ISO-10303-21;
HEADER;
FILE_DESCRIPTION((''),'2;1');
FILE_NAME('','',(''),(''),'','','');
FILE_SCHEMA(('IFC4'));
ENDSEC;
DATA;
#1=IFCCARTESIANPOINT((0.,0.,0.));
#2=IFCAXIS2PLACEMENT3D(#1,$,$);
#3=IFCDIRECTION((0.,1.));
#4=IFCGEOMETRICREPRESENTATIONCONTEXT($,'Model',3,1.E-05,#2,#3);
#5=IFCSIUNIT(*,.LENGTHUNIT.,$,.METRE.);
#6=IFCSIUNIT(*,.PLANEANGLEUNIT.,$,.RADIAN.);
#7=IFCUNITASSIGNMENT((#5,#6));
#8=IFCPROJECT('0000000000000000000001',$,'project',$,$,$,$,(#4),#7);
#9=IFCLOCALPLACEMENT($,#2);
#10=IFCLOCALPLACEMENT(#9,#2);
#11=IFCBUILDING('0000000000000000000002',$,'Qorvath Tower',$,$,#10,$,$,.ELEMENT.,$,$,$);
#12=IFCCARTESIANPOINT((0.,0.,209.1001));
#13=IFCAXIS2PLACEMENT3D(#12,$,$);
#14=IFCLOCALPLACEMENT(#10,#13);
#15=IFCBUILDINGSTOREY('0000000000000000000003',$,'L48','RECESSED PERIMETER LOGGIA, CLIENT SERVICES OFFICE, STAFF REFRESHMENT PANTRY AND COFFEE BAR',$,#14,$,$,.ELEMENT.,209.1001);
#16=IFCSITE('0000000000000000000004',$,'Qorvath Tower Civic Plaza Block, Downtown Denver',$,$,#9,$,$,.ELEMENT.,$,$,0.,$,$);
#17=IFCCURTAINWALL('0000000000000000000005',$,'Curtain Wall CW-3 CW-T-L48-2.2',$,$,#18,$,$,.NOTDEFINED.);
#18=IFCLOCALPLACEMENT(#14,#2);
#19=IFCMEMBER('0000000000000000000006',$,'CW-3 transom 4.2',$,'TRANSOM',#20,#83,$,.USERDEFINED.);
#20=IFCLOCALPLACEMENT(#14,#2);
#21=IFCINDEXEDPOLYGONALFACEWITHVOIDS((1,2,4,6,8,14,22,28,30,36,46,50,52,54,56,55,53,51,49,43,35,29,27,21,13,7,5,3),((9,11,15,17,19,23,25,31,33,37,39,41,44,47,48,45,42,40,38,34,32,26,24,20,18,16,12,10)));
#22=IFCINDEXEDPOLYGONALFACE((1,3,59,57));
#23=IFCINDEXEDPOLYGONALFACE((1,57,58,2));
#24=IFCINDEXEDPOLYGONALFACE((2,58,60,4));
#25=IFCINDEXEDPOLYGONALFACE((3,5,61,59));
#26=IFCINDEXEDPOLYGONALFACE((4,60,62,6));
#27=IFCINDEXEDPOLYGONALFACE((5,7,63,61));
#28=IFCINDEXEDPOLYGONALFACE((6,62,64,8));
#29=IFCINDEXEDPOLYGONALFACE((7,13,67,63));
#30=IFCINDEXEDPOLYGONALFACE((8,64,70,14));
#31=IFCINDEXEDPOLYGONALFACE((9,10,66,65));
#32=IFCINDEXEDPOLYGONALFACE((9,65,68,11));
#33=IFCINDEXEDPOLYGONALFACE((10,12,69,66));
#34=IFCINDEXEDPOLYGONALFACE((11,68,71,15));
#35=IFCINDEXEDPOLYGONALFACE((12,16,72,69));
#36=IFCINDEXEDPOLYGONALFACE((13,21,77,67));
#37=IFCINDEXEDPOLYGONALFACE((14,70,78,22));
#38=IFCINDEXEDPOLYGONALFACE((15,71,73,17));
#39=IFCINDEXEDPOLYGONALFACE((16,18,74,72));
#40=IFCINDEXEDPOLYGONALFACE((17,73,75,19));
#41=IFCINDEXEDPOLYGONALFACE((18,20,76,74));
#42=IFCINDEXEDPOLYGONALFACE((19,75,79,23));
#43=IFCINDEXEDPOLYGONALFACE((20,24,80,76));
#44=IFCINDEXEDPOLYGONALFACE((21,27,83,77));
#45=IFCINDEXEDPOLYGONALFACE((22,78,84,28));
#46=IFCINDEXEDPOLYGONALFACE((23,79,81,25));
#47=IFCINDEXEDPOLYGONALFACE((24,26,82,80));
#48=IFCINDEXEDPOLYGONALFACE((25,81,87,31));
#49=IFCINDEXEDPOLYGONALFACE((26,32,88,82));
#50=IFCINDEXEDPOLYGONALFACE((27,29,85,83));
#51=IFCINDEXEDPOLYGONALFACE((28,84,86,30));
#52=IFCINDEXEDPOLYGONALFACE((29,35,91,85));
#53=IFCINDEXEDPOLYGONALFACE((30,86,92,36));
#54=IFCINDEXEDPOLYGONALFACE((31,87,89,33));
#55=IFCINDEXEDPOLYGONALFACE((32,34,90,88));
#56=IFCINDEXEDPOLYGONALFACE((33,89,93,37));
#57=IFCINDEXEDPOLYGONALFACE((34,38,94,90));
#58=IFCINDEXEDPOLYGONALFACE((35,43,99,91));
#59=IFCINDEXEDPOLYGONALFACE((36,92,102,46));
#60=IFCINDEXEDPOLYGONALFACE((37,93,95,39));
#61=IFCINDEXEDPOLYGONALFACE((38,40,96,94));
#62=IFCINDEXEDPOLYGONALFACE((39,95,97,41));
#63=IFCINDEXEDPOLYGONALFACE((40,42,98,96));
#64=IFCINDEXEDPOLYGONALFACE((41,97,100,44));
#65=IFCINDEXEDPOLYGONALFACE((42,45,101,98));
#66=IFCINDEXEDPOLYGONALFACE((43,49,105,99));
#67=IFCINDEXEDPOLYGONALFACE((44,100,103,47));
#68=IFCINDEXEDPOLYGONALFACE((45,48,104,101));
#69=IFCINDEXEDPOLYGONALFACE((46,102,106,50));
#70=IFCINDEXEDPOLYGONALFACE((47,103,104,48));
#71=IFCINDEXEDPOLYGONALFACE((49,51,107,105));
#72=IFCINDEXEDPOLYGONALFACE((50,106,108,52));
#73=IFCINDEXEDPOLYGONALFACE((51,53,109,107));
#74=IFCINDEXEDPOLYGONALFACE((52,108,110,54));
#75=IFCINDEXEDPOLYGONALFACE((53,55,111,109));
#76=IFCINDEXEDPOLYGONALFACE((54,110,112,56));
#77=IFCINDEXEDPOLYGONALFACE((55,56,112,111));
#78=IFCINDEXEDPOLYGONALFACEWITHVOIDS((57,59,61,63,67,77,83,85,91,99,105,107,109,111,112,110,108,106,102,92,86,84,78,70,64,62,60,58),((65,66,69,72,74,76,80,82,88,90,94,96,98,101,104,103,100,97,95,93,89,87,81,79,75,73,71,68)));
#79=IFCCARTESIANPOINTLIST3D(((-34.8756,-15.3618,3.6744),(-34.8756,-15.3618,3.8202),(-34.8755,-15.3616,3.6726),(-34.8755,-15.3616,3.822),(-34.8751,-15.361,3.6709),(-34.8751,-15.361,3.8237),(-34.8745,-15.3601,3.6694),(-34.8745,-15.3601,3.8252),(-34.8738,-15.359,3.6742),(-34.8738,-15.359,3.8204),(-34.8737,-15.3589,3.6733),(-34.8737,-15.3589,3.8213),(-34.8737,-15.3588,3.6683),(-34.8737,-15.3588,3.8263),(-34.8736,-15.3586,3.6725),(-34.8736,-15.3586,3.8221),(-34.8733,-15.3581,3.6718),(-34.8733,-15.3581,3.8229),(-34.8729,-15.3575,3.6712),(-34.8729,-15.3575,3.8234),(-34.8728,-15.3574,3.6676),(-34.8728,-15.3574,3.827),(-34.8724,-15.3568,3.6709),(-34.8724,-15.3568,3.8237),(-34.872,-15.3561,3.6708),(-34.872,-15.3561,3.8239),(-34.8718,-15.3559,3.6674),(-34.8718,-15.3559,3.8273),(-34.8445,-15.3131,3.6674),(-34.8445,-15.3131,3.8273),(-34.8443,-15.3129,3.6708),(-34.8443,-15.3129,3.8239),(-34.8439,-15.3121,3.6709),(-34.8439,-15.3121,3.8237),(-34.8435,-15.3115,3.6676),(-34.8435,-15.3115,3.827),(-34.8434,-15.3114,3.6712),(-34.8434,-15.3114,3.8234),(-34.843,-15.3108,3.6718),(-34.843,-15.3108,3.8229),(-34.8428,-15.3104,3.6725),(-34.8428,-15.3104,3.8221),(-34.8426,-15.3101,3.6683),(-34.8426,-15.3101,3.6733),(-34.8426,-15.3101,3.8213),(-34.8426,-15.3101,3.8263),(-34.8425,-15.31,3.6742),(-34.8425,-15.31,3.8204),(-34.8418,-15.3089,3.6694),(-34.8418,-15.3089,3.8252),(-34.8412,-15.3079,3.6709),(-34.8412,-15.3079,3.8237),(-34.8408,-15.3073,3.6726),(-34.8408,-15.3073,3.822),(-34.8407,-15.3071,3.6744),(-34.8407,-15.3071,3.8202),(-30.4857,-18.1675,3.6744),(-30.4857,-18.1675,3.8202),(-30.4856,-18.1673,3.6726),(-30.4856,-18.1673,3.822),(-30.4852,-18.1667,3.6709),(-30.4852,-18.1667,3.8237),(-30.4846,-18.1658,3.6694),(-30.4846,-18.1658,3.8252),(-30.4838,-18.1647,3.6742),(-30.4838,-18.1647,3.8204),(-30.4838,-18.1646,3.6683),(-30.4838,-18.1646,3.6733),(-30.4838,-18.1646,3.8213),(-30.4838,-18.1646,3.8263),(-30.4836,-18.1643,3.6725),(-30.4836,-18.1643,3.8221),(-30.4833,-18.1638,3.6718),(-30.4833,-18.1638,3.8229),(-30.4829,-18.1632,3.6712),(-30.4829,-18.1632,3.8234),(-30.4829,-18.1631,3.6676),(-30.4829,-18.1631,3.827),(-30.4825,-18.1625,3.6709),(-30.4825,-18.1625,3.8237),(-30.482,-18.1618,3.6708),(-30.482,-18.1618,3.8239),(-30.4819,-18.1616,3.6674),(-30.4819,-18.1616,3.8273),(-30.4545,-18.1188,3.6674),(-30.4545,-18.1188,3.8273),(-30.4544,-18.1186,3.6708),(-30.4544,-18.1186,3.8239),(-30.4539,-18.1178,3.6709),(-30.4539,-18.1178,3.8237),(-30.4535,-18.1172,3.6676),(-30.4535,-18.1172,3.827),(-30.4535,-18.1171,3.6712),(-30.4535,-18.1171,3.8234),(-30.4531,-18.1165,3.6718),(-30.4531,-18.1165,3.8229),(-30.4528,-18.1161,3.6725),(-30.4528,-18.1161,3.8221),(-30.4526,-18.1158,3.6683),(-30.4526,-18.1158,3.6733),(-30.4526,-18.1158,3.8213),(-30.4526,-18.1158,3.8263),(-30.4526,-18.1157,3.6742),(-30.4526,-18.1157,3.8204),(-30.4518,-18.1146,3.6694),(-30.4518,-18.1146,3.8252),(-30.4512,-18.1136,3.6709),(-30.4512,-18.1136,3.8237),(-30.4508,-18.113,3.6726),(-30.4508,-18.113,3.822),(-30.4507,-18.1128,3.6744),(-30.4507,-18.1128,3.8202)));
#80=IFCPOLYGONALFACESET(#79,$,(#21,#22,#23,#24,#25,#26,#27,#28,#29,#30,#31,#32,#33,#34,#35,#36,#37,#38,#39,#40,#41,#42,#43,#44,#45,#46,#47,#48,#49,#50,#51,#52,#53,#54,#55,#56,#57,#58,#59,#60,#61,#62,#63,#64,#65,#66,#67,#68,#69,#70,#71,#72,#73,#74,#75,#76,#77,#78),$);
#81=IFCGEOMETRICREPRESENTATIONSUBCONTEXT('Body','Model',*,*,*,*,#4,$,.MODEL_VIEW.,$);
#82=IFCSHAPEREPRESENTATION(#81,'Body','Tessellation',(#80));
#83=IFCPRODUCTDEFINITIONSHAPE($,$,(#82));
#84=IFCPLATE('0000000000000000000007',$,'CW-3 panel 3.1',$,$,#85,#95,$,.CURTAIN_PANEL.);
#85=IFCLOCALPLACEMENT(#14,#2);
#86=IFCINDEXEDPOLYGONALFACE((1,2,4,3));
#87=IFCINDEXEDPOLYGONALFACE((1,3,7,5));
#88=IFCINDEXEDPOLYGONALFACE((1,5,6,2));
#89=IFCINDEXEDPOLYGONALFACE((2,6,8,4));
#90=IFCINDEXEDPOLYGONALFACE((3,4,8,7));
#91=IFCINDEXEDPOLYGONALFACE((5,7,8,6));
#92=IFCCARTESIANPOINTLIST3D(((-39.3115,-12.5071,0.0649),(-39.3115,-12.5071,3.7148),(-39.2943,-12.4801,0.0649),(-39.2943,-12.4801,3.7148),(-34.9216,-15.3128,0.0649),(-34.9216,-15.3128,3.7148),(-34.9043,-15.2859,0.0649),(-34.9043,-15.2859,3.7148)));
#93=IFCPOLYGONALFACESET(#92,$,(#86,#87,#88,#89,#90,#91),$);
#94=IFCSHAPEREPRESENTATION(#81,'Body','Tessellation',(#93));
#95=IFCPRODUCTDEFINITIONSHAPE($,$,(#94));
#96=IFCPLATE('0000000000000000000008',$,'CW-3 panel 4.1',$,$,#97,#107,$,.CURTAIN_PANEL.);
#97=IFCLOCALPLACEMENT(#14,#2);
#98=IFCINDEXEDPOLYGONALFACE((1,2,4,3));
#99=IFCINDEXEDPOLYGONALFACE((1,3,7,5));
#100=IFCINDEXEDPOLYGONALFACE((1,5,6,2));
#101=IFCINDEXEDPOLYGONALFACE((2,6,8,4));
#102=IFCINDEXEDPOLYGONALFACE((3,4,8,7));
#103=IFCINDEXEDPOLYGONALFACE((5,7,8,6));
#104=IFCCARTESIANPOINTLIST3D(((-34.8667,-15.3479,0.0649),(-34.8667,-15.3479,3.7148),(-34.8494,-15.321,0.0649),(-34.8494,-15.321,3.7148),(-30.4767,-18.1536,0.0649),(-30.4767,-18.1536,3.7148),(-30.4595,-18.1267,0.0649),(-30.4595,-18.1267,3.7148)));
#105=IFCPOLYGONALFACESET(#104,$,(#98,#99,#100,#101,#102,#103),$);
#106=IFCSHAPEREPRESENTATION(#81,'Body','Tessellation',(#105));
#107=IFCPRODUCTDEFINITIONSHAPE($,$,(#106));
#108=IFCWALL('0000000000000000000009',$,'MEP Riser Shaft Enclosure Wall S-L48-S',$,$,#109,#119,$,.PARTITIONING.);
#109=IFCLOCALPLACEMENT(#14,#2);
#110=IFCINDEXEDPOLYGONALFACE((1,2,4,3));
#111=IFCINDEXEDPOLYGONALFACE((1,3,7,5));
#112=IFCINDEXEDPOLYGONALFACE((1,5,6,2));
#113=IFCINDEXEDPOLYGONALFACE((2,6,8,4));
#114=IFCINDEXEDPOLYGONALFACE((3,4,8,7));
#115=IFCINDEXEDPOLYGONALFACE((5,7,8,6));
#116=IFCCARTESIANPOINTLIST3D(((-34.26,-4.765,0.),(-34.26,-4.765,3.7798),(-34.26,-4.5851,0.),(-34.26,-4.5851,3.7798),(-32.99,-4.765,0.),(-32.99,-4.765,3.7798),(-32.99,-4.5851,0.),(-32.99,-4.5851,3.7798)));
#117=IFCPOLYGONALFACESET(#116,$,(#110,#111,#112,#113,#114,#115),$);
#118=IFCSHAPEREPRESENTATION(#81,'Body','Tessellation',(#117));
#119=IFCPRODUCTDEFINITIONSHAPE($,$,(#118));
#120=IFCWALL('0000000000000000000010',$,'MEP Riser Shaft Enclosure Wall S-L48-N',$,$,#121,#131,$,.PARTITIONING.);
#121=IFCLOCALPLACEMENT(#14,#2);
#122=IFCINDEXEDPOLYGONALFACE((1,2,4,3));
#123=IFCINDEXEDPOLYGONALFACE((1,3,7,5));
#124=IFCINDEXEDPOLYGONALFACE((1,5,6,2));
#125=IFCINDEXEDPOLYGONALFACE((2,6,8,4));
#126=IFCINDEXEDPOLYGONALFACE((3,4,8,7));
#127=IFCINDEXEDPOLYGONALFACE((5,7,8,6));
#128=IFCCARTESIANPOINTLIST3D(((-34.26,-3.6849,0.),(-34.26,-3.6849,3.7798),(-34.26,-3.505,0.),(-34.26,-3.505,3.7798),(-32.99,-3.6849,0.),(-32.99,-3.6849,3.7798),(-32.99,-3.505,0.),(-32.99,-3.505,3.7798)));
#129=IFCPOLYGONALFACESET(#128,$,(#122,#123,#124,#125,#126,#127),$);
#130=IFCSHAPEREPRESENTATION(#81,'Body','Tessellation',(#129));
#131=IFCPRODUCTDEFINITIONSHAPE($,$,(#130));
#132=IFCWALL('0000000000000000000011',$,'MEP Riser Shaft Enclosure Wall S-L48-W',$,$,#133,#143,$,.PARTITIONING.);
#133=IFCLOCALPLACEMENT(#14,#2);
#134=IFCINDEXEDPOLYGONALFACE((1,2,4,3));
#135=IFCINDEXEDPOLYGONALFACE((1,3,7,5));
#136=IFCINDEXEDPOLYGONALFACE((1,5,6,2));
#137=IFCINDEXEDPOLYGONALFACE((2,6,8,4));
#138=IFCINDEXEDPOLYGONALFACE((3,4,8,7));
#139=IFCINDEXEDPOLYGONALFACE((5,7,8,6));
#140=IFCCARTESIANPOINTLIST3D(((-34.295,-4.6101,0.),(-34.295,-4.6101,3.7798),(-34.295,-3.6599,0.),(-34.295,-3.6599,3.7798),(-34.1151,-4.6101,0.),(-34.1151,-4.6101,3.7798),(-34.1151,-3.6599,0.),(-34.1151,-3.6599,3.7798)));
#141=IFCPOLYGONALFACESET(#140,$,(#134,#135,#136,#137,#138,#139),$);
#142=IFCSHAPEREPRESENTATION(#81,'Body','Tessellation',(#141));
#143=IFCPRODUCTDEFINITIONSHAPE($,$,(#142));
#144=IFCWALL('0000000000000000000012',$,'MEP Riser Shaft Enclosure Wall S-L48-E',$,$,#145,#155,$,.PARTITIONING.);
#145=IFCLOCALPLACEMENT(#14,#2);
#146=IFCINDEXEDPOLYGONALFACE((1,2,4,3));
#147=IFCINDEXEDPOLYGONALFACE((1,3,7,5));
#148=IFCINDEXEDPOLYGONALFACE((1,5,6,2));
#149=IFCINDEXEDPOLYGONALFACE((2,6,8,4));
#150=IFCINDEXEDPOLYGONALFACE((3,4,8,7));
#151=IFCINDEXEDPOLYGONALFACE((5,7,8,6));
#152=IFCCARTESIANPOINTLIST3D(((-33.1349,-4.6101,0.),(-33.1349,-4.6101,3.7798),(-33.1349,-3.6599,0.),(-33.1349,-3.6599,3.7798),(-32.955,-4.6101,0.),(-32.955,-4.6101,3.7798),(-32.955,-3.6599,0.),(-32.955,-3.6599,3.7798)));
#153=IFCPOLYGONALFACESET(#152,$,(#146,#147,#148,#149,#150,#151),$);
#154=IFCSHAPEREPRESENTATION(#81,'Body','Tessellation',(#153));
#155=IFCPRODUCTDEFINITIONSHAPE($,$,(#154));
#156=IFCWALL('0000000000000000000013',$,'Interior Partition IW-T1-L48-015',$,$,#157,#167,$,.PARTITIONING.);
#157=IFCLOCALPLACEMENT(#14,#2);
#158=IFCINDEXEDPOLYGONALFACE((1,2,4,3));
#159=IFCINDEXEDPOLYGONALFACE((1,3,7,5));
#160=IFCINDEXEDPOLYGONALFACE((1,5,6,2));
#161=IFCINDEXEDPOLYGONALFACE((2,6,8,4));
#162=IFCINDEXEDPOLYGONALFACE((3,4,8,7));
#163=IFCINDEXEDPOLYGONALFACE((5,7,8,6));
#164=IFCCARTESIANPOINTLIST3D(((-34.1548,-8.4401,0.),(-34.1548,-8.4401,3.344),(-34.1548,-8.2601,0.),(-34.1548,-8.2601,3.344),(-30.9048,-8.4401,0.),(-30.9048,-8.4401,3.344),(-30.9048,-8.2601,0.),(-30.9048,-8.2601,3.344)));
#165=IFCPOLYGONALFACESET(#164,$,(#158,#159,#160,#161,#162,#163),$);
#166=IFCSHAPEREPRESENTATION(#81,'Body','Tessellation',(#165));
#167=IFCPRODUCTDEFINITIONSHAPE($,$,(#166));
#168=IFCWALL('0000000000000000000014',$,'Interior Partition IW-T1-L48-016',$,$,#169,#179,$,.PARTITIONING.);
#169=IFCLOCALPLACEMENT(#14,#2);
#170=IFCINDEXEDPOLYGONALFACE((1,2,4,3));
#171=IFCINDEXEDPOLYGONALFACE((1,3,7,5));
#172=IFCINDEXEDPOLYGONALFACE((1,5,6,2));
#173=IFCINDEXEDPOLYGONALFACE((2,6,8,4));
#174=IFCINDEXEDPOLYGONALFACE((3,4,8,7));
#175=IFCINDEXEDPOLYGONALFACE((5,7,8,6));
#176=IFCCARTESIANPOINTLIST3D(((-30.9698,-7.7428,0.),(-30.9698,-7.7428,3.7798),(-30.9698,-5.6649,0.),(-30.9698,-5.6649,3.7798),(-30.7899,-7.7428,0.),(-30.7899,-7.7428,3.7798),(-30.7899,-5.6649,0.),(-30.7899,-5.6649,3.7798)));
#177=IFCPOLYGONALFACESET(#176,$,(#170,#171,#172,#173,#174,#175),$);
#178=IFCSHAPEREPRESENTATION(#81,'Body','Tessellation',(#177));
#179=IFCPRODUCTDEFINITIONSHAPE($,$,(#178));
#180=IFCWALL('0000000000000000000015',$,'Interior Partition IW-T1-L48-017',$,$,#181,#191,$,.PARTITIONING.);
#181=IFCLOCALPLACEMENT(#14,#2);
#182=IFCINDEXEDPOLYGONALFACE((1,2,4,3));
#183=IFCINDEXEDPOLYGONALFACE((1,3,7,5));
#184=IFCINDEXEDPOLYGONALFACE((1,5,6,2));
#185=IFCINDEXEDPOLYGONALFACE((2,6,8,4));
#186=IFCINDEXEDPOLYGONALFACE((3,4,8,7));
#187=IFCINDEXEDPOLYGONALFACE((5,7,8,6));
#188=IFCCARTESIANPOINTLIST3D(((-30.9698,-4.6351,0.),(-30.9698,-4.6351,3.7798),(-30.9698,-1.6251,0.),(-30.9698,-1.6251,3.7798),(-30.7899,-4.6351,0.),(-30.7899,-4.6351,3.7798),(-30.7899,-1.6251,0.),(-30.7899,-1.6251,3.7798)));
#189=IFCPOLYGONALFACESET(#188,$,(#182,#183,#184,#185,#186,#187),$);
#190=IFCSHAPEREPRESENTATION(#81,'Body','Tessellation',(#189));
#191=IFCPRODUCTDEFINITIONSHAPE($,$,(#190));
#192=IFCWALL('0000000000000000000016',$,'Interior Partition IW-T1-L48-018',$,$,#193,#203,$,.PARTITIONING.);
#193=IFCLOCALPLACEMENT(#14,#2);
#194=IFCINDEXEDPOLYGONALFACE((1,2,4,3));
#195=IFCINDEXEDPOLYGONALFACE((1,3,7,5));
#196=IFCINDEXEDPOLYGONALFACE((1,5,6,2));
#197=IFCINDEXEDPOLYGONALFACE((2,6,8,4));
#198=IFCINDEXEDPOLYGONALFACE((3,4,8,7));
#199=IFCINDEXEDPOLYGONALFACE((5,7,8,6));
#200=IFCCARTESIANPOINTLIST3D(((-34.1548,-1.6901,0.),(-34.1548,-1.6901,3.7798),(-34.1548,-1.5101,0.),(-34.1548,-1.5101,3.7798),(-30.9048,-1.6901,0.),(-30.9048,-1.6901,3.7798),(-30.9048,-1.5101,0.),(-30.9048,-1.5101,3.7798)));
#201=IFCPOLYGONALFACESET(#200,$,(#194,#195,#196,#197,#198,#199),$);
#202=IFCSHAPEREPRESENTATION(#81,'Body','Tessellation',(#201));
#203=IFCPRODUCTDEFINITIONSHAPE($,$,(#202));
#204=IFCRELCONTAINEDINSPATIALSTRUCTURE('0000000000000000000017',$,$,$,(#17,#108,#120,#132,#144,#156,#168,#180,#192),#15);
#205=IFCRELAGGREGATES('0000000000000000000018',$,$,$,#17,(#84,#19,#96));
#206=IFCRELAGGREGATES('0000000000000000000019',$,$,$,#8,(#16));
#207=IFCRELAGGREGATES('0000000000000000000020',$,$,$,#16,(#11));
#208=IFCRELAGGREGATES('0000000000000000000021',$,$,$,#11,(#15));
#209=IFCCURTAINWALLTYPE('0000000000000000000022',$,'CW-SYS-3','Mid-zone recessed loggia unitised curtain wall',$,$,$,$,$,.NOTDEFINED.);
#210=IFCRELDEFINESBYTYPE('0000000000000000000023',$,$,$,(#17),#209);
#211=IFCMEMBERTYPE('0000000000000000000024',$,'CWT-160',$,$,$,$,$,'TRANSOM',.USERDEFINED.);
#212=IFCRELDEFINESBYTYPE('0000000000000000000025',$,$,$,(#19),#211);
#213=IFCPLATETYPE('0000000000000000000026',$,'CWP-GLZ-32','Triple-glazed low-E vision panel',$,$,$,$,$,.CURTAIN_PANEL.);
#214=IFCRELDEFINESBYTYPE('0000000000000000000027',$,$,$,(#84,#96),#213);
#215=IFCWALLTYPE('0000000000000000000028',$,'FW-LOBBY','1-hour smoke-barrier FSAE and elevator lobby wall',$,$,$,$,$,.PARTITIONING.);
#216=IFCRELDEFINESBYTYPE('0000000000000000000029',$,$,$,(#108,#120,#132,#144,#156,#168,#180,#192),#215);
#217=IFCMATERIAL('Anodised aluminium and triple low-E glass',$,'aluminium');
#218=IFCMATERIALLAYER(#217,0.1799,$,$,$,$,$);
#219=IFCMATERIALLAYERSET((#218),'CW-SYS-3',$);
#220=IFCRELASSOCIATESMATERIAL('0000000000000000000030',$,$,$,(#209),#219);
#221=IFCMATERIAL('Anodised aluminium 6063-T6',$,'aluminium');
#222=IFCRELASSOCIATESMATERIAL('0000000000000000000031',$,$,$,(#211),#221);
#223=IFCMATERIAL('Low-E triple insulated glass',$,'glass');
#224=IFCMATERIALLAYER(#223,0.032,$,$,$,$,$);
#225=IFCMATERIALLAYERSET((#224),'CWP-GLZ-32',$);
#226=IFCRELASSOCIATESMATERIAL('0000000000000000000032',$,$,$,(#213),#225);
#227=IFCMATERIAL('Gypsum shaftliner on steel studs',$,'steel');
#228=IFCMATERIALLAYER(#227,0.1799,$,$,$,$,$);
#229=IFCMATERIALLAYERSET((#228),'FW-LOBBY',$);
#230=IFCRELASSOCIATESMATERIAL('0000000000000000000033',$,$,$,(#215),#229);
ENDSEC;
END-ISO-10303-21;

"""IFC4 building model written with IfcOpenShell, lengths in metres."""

from ifc_helpers import new_model, si_unit, direction, frame, frame_2d, origin, origin_2d, place, context, subcontext, project, spatial, rectangle, hollow_rectangle, extrude, material, layer, layer_set, material_profile, profile_set, type_object, element, aggregate, save


model = new_model("IFC4")

# Units and contexts
model_context = context("Model", 3, precision=1e-05, world=origin(), true_north=direction((0.0, 1.0)))
body_context = subcontext(model_context, "Body", "Model", "MODEL_VIEW")
ifc_project = project(units=[si_unit("LENGTHUNIT", "METRE"), si_unit("PLANEANGLEUNIT", "RADIAN")], contexts=[model_context])

# Site, building, storey
site_placement = place(None, origin())
site = spatial("IfcSite", under=ifc_project, at=site_placement, Name="Qorvath Tower Civic Plaza Block, Downtown Denver", CompositionType="ELEMENT", RefElevation=0.0)
building_placement = place(site_placement, origin())
building = spatial("IfcBuilding", under=site, at=building_placement, Name="Qorvath Tower", CompositionType="ELEMENT")
storey_placement = place(building_placement, frame((0.0, 0.0, 209.1001)))
storey = spatial("IfcBuildingStorey", under=building, at=storey_placement, Name="L48", Description="RECESSED PERIMETER LOGGIA, CLIENT SERVICES OFFICE, STAFF REFRESHMENT PANTRY AND COFFEE BAR", CompositionType="ELEMENT", Elevation=209.1001)

# Curtain wall, member, plates
ifc_material_1 = material(Name="Anodised aluminium and triple low-E glass", Category="aluminium")
ifc_layer_1 = layer(ifc_material_1, 0.1799)
ifc_layer_set_1 = layer_set([ifc_layer_1], Name="CW-SYS-3")
curtain_wall_type = type_object("IfcCurtainWallType", Name="CW-SYS-3", Description="Mid-zone recessed loggia unitised curtain wall", PredefinedType="NOTDEFINED", material=ifc_layer_set_1)
curtain_wall_placement = place(storey_placement, origin())
curtain_wall = element("IfcCurtainWall", 1, at=curtain_wall_placement, inside=storey, type_object=curtain_wall_type, Name="Curtain Wall CW-3 CW-T-L48-2.2", PredefinedType="NOTDEFINED")
ifc_material_2 = material(Name="Anodised aluminium 6063-T6", Category="aluminium")
ifc_material_profile_1 = material_profile(ifc_material_2, hollow_rectangle(XDim=0.0649, YDim=0.1599, WallThickness=0.0034, InnerFilletRadius=0.0034, OuterFilletRadius=0.0071, at=origin_2d()), Name="CWT 160x65")
ifc_profile_set_1 = profile_set([ifc_material_profile_1], Name="Anodised aluminium 6063-T6")
member_type_1 = type_object("IfcMemberType", Name="CWT-160", ElementType="TRANSOM", PredefinedType="USERDEFINED", material=ifc_profile_set_1)
member_1_placement = place(storey_placement, frame((-34.8582, -15.3345, 3.7473), z_axis=(0.842608, -0.538527, 0.0), x_axis=(0.538527, 0.842608, 0.0)))
member_1 = element("IfcMember", 2, at=member_1_placement, type_object=member_type_1, Name="CW-3 transom 4.2", ObjectType="TRANSOM", PredefinedType="USERDEFINED", context=body_context, shape_type="SweptSolid", body=[
    extrude(hollow_rectangle(XDim=0.0649, YDim=0.1599, WallThickness=0.0034, InnerFilletRadius=0.0034, OuterFilletRadius=0.0071, at=origin_2d()), origin(), (0.0, 0.0, 1.0), 5.21),
])
ifc_material_3 = material(Name="Low-E triple insulated glass", Category="glass")
ifc_layer_2 = layer(ifc_material_3, 0.032)
ifc_layer_set_2 = layer_set([ifc_layer_2], Name="CWP-GLZ-32")
plate_type = type_object("IfcPlateType", Name="CWP-GLZ-32", Description="Triple-glazed low-E vision panel", PredefinedType="CURTAIN_PANEL", material=ifc_layer_set_2)
plate_1_placement = place(storey_placement, frame((-37.1079, -13.8965, 0.0649), z_axis=(0.0, 0.0, 1.0), x_axis=(0.842605, -0.538533, 0.0)))
plate_1 = element("IfcPlate", 3, at=plate_1_placement, type_object=plate_type, Name="CW-3 panel 3.1", PredefinedType="CURTAIN_PANEL", context=body_context, shape_type="SweptSolid", body=[
    extrude(rectangle(XDim=5.21, YDim=0.032, at=origin_2d()), origin(), (0.0, 0.0, 1.0), 3.6499),
])
plate_2_placement = place(storey_placement, frame((-32.6631, -16.7373, 0.0649), z_axis=(0.0, 0.0, 1.0), x_axis=(0.842605, -0.538533, 0.0)))
plate_2 = element("IfcPlate", 4, at=plate_2_placement, type_object=plate_type, Name="CW-3 panel 4.1", PredefinedType="CURTAIN_PANEL", context=body_context, shape_type="SweptSolid", body=[
    extrude(rectangle(XDim=5.21, YDim=0.032, at=origin_2d()), origin(), (0.0, 0.0, 1.0), 3.6499),
])
aggregate(curtain_wall, [plate_1, member_1, plate_2])

# Walls
ifc_material_4 = material(Name="Gypsum shaftliner on steel studs", Category="steel")
ifc_layer_3 = layer(ifc_material_4, 0.1799)
ifc_layer_set_3 = layer_set([ifc_layer_3], Name="FW-LOBBY")
wall_type_1 = type_object("IfcWallType", Name="FW-LOBBY", Description="1-hour smoke-barrier FSAE and elevator lobby wall", PredefinedType="PARTITIONING", material=ifc_layer_set_3)
for number, where, z_axis, x_axis, name in (
    (5, (-32.99, -4.675, 0.0), (0.0, 0.0, 1.0), (-1.0, 0.0, 0.0), "MEP Riser Shaft Enclosure Wall S-L48-S"),
    (6, (-34.26, -3.595, 0.0), (0.0, 0.0, 1.0), (1.0, 0.0, 0.0), "MEP Riser Shaft Enclosure Wall S-L48-N"),
):
    element("IfcWall", number, at=place(storey_placement, frame(where, z_axis=z_axis, x_axis=x_axis)), inside=storey, type_object=wall_type_1, Name=name, PredefinedType="PARTITIONING", context=body_context, shape_type="SweptSolid", body=[
        extrude(rectangle(XDim=1.27, YDim=0.1799, at=frame_2d((0.635, 0.0))), origin(), (0.0, 0.0, 1.0), 3.7798),
    ])
for number, where, z_axis, x_axis, name in (
    (7, (-34.2051, -4.6101, 0.0), (0.0, 0.0, 1.0), (0.0, 1.0, 0.0), "MEP Riser Shaft Enclosure Wall S-L48-W"),
    (8, (-33.0449, -3.6599, 0.0), (0.0, 0.0, 1.0), (0.0, -1.0, 0.0), "MEP Riser Shaft Enclosure Wall S-L48-E"),
):
    element("IfcWall", number, at=place(storey_placement, frame(where, z_axis=z_axis, x_axis=x_axis)), inside=storey, type_object=wall_type_1, Name=name, PredefinedType="PARTITIONING", context=body_context, shape_type="SweptSolid", body=[
        extrude(rectangle(XDim=0.9502, YDim=0.1799, at=frame_2d((0.4751, 0.0))), origin(), (0.0, 0.0, 1.0), 3.7798),
    ])
wall_1_placement = place(storey_placement, frame((-34.1548, -8.3501, 0.0), z_axis=(0.0, 0.0, 1.0), x_axis=(1.0, 0.0, 0.0)))
element("IfcWall", 9, at=wall_1_placement, inside=storey, type_object=wall_type_1, Name="Interior Partition IW-T1-L48-015", PredefinedType="PARTITIONING", context=body_context, shape_type="SweptSolid", body=[
    extrude(rectangle(XDim=3.25, YDim=0.1799, at=frame_2d((1.625, 0.0))), origin(), (0.0, 0.0, 1.0), 3.344),
])
wall_2_placement = place(storey_placement, frame((-30.8799, -7.7429, 0.0), z_axis=(0.0, 0.0, 1.0), x_axis=(0.0, 1.0, 0.0)))
element("IfcWall", 10, at=wall_2_placement, inside=storey, type_object=wall_type_1, Name="Interior Partition IW-T1-L48-016", PredefinedType="PARTITIONING", context=body_context, shape_type="SweptSolid", body=[
    extrude(rectangle(XDim=2.0779, YDim=0.1799, at=frame_2d((1.0391, 0.0))), origin(), (0.0, 0.0, 1.0), 3.7798),
])
wall_3_placement = place(storey_placement, frame((-30.8799, -4.635, 0.0), z_axis=(0.0, 0.0, 1.0), x_axis=(0.0, 1.0, 0.0)))
element("IfcWall", 11, at=wall_3_placement, inside=storey, type_object=wall_type_1, Name="Interior Partition IW-T1-L48-017", PredefinedType="PARTITIONING", context=body_context, shape_type="SweptSolid", body=[
    extrude(rectangle(XDim=3.01, YDim=0.1799, at=frame_2d((1.5049, 0.0))), origin(), (0.0, 0.0, 1.0), 3.7798),
])
wall_4_placement = place(storey_placement, frame((-30.9048, -1.6001, 0.0), z_axis=(0.0, 0.0, 1.0), x_axis=(-1.0, 0.0, 0.0)))
element("IfcWall", 12, at=wall_4_placement, inside=storey, type_object=wall_type_1, Name="Interior Partition IW-T1-L48-018", PredefinedType="PARTITIONING", context=body_context, shape_type="SweptSolid", body=[
    extrude(rectangle(XDim=3.25, YDim=0.1799, at=frame_2d((1.625, 0.0))), origin(), (0.0, 0.0, 1.0), 3.7798),
])

save(model, "model.ifc")
